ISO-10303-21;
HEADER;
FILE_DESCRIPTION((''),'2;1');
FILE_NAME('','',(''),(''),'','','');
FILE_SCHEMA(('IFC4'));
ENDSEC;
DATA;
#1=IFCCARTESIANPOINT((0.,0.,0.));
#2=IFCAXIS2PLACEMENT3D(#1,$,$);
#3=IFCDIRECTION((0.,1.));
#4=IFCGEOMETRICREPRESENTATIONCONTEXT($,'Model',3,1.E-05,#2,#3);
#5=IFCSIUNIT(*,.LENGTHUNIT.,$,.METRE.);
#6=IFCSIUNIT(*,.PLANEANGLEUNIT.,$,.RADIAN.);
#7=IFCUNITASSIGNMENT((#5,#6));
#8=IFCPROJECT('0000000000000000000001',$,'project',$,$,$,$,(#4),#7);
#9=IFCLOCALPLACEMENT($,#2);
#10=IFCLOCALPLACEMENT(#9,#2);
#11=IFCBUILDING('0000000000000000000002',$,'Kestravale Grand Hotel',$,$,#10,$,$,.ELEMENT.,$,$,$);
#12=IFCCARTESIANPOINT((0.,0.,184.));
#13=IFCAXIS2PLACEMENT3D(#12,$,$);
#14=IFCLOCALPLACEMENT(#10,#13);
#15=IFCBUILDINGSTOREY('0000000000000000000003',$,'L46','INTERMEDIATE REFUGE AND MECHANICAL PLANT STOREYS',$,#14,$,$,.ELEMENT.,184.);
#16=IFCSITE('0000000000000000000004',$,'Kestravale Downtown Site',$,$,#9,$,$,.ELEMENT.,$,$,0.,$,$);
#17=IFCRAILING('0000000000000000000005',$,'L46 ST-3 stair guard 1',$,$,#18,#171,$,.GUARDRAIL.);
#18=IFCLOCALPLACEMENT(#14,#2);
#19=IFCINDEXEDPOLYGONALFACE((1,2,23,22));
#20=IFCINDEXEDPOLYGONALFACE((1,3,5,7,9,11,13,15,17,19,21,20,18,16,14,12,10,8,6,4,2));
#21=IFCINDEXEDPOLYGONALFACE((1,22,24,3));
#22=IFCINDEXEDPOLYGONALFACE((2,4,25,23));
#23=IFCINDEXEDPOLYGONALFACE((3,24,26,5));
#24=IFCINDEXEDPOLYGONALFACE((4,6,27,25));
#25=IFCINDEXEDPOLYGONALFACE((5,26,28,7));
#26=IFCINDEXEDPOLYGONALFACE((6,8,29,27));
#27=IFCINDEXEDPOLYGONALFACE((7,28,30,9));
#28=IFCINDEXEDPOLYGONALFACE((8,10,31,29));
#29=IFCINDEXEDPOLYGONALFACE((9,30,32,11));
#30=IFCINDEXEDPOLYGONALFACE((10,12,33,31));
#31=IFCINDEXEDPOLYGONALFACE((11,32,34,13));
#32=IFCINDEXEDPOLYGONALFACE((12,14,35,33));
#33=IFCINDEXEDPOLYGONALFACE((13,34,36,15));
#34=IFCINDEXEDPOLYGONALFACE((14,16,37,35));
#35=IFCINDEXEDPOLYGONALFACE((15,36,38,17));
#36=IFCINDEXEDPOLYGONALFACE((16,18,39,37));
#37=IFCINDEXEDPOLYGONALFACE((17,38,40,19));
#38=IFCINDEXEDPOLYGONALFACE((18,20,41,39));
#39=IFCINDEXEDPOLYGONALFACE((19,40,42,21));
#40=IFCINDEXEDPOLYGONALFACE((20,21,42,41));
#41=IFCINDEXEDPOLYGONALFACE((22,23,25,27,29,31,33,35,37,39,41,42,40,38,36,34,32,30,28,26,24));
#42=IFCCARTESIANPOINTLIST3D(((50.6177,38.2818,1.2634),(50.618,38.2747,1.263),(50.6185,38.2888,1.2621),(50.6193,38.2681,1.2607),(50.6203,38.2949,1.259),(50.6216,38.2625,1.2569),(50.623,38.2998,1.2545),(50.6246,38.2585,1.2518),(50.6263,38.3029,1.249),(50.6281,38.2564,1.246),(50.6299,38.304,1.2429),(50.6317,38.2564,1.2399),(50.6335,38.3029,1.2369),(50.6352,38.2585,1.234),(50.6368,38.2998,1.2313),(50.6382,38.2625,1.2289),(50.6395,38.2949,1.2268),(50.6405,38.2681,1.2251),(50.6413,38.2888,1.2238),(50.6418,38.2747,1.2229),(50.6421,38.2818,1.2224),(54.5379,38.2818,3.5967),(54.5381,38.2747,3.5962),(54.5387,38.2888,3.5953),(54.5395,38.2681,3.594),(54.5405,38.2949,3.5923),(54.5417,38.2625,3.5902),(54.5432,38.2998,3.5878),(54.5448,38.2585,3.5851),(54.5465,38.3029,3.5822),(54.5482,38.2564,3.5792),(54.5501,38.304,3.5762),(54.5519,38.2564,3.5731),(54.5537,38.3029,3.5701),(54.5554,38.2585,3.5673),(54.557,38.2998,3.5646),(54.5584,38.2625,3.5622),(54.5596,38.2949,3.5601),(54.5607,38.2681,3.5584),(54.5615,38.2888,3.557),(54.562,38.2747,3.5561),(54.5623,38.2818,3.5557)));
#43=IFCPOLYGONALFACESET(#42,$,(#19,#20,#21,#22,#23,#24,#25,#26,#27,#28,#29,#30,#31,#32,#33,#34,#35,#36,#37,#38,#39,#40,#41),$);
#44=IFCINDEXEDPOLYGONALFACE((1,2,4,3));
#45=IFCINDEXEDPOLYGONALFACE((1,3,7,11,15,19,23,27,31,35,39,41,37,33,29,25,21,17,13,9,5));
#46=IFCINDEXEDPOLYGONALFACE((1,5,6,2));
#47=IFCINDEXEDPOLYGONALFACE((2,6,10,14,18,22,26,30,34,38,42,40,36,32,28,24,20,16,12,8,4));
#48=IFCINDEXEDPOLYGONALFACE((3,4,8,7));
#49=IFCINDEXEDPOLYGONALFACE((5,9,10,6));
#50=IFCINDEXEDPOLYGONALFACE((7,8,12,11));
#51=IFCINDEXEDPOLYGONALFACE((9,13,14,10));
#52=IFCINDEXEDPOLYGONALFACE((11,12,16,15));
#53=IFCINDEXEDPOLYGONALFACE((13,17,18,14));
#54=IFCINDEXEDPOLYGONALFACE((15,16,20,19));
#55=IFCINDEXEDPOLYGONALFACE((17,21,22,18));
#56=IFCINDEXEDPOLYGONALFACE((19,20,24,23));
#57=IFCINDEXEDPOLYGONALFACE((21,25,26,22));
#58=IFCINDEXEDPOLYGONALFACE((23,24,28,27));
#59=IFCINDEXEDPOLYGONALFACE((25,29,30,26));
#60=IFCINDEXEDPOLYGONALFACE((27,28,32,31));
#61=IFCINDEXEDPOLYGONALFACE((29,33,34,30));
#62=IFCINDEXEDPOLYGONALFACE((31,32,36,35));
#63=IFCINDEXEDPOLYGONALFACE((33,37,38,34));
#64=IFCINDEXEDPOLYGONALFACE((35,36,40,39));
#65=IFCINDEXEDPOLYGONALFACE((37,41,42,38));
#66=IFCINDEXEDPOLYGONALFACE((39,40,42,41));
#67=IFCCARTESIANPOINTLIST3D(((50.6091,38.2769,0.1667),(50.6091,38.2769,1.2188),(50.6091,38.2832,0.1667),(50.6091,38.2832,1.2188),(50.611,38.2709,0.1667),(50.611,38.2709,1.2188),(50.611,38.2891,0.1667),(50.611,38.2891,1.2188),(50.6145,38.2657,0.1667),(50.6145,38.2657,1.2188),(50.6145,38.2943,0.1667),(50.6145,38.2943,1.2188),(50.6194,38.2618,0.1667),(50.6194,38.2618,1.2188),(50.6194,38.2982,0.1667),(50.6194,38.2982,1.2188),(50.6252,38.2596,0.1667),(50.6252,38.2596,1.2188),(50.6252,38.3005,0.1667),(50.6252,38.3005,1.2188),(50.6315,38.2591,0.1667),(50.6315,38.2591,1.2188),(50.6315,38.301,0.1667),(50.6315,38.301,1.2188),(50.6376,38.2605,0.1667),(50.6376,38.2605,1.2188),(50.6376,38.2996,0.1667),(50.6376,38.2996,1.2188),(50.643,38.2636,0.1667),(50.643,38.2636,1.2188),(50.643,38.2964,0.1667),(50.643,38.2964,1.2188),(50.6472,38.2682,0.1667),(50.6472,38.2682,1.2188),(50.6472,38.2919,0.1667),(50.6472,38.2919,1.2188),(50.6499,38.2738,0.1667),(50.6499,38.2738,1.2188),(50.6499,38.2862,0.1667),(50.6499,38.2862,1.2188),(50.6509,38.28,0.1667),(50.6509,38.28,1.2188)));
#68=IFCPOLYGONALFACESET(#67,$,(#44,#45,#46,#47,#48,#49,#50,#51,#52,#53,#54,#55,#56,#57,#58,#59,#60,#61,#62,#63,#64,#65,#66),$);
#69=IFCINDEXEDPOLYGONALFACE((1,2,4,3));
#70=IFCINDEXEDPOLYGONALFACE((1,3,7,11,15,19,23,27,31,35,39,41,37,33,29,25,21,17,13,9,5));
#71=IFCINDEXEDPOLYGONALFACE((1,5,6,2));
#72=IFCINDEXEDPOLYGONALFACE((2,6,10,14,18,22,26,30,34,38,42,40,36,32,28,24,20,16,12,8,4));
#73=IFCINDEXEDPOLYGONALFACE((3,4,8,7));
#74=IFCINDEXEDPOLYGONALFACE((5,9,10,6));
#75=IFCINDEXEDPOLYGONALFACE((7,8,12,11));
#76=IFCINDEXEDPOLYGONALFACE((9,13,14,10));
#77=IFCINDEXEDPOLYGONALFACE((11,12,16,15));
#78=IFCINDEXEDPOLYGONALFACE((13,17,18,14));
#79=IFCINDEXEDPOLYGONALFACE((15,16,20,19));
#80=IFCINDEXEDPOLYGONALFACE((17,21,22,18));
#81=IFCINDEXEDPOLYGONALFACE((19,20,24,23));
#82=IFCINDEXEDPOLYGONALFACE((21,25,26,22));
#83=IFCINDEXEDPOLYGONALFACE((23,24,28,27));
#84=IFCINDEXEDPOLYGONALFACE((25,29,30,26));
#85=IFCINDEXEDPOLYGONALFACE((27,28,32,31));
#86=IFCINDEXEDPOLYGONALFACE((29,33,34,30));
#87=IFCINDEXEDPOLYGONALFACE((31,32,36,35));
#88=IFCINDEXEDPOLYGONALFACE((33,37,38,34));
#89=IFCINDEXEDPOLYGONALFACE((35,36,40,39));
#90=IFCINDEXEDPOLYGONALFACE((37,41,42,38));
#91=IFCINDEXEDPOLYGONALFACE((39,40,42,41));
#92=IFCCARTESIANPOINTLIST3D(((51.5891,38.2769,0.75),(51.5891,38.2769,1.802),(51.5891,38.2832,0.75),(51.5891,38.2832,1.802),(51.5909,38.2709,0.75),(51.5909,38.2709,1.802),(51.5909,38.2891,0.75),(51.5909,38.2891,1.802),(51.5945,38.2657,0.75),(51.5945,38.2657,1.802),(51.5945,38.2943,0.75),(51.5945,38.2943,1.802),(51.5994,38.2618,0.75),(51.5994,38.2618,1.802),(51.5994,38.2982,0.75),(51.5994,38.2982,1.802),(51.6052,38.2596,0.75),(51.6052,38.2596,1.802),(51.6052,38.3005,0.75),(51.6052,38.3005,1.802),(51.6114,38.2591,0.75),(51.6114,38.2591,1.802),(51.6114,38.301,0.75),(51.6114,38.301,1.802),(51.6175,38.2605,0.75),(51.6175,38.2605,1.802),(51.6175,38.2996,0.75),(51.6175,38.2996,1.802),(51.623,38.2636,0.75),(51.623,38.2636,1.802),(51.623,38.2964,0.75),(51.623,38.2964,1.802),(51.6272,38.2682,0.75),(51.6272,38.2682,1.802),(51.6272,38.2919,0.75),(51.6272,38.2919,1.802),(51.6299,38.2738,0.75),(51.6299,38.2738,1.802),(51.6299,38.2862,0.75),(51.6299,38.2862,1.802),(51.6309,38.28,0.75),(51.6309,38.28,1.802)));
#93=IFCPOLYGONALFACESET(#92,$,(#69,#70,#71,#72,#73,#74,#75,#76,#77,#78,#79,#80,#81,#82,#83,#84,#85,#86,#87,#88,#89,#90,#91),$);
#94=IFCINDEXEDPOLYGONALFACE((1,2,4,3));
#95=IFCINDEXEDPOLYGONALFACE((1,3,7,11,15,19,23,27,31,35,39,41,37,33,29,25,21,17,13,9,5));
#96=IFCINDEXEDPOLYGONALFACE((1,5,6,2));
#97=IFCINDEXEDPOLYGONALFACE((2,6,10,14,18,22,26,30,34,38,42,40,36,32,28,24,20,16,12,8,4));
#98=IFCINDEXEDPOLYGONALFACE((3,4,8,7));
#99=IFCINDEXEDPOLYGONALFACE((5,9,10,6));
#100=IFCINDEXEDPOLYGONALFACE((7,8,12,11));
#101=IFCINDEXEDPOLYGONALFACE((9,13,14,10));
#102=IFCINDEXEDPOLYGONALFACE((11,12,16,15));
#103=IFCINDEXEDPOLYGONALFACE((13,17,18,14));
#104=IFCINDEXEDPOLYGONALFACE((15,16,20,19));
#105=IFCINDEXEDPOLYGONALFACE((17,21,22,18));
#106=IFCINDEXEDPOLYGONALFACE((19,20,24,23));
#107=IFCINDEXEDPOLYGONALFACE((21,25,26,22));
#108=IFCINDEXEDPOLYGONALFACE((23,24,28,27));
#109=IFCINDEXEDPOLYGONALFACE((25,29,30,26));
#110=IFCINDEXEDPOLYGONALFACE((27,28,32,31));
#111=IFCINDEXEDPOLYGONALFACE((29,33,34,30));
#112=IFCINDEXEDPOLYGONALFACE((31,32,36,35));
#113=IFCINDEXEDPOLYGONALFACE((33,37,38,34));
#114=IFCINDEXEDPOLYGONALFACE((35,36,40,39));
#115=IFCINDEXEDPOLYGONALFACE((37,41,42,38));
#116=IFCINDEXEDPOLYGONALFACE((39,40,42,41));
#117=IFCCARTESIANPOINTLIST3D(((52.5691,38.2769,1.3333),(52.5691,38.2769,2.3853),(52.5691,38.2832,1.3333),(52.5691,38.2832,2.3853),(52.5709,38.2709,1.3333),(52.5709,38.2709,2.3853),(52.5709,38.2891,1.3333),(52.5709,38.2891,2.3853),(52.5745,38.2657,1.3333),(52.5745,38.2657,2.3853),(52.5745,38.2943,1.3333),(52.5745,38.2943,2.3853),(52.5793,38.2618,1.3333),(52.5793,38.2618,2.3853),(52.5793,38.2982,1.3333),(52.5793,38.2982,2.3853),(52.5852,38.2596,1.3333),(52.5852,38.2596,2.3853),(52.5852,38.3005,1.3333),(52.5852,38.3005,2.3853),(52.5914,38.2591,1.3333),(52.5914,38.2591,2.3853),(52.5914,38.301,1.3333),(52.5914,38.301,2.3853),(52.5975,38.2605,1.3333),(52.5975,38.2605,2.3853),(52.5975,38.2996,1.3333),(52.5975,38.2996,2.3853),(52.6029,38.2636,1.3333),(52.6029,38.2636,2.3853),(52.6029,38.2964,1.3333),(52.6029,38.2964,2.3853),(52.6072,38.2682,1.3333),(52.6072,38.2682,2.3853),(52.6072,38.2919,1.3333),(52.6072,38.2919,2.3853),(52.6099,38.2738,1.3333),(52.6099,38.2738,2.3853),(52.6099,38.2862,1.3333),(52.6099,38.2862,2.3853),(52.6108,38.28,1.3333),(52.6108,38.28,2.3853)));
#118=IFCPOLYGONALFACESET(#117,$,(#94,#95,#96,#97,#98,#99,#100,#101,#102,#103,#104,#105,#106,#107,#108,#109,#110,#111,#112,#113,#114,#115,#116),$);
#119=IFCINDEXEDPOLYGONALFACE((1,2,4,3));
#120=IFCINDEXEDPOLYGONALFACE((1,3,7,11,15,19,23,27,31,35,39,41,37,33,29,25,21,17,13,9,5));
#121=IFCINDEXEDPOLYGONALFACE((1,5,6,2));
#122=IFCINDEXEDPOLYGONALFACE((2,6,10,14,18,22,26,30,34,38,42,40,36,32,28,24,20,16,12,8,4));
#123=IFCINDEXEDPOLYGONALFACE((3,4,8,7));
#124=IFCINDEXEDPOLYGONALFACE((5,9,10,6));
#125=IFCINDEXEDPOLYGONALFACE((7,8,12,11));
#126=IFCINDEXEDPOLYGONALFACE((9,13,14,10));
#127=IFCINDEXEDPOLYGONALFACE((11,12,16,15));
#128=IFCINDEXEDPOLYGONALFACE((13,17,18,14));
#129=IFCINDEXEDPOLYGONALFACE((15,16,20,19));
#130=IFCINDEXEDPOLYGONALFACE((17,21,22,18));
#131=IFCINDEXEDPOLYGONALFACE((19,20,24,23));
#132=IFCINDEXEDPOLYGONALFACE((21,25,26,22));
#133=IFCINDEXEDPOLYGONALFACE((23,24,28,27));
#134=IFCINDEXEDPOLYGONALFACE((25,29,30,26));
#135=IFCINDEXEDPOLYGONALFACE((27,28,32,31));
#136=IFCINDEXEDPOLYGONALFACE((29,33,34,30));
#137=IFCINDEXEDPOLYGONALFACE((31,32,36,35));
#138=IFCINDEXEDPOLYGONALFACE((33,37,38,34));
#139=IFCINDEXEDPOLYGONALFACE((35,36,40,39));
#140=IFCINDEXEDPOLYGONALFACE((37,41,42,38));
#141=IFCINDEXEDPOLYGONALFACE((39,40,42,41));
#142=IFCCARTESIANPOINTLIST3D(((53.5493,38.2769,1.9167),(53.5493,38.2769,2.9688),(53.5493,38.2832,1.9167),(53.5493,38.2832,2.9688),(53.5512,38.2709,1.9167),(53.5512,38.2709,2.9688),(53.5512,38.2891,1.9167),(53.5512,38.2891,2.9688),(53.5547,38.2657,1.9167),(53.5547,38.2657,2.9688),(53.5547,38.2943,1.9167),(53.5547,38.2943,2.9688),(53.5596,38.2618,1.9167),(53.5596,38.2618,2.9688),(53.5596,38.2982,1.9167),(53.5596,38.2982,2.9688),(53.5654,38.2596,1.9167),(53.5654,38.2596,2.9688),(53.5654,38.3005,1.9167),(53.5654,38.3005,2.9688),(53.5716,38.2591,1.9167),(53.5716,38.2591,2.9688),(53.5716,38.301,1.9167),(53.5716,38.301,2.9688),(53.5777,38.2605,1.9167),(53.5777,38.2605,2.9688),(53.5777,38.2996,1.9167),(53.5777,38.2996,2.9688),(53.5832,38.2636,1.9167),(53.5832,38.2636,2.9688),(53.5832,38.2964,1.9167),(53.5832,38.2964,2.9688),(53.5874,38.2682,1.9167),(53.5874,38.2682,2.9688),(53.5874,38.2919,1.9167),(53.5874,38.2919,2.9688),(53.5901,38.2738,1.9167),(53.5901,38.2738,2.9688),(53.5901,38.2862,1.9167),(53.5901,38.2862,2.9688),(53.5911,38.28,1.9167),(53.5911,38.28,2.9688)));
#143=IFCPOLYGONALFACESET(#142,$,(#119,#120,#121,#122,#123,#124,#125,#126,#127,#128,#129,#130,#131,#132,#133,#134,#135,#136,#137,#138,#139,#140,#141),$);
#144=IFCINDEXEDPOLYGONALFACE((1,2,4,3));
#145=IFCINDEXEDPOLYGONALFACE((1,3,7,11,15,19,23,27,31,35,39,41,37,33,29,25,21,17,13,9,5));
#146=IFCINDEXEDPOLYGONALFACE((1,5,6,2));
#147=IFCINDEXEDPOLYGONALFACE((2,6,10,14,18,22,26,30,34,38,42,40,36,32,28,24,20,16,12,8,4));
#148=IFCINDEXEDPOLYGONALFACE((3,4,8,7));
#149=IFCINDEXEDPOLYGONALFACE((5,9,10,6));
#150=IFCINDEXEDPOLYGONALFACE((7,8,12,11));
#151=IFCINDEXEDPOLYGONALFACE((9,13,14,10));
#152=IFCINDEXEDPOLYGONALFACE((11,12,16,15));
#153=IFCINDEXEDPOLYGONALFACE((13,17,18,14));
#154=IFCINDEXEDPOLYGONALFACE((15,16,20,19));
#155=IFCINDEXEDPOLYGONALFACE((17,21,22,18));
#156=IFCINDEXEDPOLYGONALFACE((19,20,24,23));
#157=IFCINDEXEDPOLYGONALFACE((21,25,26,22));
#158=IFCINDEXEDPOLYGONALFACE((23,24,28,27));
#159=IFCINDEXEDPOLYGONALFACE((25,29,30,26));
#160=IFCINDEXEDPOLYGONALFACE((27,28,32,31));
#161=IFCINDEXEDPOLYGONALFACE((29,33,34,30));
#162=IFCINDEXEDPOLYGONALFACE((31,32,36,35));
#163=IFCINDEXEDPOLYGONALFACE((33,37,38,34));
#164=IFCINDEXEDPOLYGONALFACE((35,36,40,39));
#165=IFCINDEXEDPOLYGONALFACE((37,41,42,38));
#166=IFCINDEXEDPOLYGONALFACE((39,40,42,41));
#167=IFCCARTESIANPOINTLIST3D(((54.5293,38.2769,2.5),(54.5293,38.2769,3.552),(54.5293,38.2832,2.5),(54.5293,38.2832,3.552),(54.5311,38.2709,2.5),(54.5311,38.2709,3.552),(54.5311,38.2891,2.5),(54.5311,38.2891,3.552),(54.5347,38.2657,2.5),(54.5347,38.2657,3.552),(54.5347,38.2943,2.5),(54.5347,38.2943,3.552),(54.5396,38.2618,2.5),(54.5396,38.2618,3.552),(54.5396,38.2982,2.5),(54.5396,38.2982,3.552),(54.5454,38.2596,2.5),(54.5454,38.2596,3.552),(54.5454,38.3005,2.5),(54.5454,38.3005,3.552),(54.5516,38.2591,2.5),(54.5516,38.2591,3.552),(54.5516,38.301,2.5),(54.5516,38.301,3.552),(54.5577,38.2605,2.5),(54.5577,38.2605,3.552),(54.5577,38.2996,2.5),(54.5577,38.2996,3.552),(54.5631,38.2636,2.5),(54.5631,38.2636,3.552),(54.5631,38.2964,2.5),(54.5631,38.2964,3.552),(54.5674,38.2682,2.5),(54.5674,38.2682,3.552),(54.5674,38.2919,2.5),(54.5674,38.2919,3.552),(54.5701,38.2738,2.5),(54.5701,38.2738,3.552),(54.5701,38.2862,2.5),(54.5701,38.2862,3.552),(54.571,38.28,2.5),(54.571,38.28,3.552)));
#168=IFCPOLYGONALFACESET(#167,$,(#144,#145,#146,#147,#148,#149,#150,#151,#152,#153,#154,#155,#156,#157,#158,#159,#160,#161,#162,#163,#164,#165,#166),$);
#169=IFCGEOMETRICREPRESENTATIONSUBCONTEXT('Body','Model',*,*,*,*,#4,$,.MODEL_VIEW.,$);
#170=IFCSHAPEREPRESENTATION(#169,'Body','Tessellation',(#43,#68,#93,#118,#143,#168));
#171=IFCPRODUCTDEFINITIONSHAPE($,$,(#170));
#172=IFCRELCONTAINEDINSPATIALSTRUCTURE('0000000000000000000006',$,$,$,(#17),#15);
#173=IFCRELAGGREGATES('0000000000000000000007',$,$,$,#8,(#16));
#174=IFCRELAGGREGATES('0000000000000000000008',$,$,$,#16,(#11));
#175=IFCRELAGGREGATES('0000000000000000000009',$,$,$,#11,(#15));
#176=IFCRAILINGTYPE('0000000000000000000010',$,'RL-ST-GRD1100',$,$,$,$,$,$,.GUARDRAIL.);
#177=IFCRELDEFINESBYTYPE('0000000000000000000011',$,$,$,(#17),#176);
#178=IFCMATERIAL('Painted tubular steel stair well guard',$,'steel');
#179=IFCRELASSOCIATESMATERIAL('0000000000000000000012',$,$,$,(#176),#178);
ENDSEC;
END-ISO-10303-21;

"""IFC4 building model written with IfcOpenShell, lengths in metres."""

from ifc_helpers import new_model, si_unit, direction, frame, origin, origin_2d, place, context, subcontext, project, spatial, circle, extrude, material, type_object, element, save


model = new_model("IFC4")

# Units and contexts
model_context = context("Model", 3, precision=1e-05, world=origin(), true_north=direction((0.0, 1.0)))
body_context = subcontext(model_context, "Body", "Model", "MODEL_VIEW")
ifc_project = project(units=[si_unit("LENGTHUNIT", "METRE"), si_unit("PLANEANGLEUNIT", "RADIAN")], contexts=[model_context])

# Site, building, storey
site_placement = place(None, origin())
site = spatial("IfcSite", under=ifc_project, at=site_placement, Name="Kestravale Downtown Site", CompositionType="ELEMENT", RefElevation=0.0)
building_placement = place(site_placement, origin())
building = spatial("IfcBuilding", under=site, at=building_placement, Name="Kestravale Grand Hotel", CompositionType="ELEMENT")
storey_placement = place(building_placement, frame((0.0, 0.0, 184.0)))
storey = spatial("IfcBuildingStorey", under=building, at=storey_placement, Name="L46", Description="INTERMEDIATE REFUGE AND MECHANICAL PLANT STOREYS", CompositionType="ELEMENT", Elevation=184.0)

# Railing
ifc_material_1 = material(Name="Painted tubular steel stair well guard", Category="steel")
railing_type_1 = type_object("IfcRailingType", Name="RL-ST-GRD1100", PredefinedType="GUARDRAIL", material=ifc_material_1)
railing_1_placement = place(storey_placement, frame((50.6299, 38.28, 0.1667)))
element("IfcRailing", 1, at=railing_1_placement, inside=storey, type_object=railing_type_1, Name="L46 ST-3 stair guard 1", PredefinedType="GUARDRAIL", context=body_context, shape_type="SweptSolid", body=[
    extrude(circle(Radius=0.0239, at=origin_2d()), frame((0.0, 0.0, 1.0762), z_axis=(0.85931, 0.0, 0.511455), x_axis=(0.0, 1.0, 0.0)), (0.0, 0.0, 1.0), 4.562),
    extrude(circle(Radius=0.021, at=origin_2d()), origin(), (0.0, 0.0, 1.0), 1.052),
    extrude(circle(Radius=0.021, at=origin_2d()), frame((0.98, 0.0, 0.5833)), (0.0, 0.0, 1.0), 1.052),
    extrude(circle(Radius=0.021, at=origin_2d()), frame((1.96, 0.0, 1.1665)), (0.0, 0.0, 1.0), 1.052),
    extrude(circle(Radius=0.021, at=origin_2d()), frame((2.9402, 0.0, 1.75)), (0.0, 0.0, 1.0), 1.052),
    extrude(circle(Radius=0.021, at=origin_2d()), frame((3.9202, 0.0, 2.3333)), (0.0, 0.0, 1.0), 1.052),
])

save(model, "model.ifc")
